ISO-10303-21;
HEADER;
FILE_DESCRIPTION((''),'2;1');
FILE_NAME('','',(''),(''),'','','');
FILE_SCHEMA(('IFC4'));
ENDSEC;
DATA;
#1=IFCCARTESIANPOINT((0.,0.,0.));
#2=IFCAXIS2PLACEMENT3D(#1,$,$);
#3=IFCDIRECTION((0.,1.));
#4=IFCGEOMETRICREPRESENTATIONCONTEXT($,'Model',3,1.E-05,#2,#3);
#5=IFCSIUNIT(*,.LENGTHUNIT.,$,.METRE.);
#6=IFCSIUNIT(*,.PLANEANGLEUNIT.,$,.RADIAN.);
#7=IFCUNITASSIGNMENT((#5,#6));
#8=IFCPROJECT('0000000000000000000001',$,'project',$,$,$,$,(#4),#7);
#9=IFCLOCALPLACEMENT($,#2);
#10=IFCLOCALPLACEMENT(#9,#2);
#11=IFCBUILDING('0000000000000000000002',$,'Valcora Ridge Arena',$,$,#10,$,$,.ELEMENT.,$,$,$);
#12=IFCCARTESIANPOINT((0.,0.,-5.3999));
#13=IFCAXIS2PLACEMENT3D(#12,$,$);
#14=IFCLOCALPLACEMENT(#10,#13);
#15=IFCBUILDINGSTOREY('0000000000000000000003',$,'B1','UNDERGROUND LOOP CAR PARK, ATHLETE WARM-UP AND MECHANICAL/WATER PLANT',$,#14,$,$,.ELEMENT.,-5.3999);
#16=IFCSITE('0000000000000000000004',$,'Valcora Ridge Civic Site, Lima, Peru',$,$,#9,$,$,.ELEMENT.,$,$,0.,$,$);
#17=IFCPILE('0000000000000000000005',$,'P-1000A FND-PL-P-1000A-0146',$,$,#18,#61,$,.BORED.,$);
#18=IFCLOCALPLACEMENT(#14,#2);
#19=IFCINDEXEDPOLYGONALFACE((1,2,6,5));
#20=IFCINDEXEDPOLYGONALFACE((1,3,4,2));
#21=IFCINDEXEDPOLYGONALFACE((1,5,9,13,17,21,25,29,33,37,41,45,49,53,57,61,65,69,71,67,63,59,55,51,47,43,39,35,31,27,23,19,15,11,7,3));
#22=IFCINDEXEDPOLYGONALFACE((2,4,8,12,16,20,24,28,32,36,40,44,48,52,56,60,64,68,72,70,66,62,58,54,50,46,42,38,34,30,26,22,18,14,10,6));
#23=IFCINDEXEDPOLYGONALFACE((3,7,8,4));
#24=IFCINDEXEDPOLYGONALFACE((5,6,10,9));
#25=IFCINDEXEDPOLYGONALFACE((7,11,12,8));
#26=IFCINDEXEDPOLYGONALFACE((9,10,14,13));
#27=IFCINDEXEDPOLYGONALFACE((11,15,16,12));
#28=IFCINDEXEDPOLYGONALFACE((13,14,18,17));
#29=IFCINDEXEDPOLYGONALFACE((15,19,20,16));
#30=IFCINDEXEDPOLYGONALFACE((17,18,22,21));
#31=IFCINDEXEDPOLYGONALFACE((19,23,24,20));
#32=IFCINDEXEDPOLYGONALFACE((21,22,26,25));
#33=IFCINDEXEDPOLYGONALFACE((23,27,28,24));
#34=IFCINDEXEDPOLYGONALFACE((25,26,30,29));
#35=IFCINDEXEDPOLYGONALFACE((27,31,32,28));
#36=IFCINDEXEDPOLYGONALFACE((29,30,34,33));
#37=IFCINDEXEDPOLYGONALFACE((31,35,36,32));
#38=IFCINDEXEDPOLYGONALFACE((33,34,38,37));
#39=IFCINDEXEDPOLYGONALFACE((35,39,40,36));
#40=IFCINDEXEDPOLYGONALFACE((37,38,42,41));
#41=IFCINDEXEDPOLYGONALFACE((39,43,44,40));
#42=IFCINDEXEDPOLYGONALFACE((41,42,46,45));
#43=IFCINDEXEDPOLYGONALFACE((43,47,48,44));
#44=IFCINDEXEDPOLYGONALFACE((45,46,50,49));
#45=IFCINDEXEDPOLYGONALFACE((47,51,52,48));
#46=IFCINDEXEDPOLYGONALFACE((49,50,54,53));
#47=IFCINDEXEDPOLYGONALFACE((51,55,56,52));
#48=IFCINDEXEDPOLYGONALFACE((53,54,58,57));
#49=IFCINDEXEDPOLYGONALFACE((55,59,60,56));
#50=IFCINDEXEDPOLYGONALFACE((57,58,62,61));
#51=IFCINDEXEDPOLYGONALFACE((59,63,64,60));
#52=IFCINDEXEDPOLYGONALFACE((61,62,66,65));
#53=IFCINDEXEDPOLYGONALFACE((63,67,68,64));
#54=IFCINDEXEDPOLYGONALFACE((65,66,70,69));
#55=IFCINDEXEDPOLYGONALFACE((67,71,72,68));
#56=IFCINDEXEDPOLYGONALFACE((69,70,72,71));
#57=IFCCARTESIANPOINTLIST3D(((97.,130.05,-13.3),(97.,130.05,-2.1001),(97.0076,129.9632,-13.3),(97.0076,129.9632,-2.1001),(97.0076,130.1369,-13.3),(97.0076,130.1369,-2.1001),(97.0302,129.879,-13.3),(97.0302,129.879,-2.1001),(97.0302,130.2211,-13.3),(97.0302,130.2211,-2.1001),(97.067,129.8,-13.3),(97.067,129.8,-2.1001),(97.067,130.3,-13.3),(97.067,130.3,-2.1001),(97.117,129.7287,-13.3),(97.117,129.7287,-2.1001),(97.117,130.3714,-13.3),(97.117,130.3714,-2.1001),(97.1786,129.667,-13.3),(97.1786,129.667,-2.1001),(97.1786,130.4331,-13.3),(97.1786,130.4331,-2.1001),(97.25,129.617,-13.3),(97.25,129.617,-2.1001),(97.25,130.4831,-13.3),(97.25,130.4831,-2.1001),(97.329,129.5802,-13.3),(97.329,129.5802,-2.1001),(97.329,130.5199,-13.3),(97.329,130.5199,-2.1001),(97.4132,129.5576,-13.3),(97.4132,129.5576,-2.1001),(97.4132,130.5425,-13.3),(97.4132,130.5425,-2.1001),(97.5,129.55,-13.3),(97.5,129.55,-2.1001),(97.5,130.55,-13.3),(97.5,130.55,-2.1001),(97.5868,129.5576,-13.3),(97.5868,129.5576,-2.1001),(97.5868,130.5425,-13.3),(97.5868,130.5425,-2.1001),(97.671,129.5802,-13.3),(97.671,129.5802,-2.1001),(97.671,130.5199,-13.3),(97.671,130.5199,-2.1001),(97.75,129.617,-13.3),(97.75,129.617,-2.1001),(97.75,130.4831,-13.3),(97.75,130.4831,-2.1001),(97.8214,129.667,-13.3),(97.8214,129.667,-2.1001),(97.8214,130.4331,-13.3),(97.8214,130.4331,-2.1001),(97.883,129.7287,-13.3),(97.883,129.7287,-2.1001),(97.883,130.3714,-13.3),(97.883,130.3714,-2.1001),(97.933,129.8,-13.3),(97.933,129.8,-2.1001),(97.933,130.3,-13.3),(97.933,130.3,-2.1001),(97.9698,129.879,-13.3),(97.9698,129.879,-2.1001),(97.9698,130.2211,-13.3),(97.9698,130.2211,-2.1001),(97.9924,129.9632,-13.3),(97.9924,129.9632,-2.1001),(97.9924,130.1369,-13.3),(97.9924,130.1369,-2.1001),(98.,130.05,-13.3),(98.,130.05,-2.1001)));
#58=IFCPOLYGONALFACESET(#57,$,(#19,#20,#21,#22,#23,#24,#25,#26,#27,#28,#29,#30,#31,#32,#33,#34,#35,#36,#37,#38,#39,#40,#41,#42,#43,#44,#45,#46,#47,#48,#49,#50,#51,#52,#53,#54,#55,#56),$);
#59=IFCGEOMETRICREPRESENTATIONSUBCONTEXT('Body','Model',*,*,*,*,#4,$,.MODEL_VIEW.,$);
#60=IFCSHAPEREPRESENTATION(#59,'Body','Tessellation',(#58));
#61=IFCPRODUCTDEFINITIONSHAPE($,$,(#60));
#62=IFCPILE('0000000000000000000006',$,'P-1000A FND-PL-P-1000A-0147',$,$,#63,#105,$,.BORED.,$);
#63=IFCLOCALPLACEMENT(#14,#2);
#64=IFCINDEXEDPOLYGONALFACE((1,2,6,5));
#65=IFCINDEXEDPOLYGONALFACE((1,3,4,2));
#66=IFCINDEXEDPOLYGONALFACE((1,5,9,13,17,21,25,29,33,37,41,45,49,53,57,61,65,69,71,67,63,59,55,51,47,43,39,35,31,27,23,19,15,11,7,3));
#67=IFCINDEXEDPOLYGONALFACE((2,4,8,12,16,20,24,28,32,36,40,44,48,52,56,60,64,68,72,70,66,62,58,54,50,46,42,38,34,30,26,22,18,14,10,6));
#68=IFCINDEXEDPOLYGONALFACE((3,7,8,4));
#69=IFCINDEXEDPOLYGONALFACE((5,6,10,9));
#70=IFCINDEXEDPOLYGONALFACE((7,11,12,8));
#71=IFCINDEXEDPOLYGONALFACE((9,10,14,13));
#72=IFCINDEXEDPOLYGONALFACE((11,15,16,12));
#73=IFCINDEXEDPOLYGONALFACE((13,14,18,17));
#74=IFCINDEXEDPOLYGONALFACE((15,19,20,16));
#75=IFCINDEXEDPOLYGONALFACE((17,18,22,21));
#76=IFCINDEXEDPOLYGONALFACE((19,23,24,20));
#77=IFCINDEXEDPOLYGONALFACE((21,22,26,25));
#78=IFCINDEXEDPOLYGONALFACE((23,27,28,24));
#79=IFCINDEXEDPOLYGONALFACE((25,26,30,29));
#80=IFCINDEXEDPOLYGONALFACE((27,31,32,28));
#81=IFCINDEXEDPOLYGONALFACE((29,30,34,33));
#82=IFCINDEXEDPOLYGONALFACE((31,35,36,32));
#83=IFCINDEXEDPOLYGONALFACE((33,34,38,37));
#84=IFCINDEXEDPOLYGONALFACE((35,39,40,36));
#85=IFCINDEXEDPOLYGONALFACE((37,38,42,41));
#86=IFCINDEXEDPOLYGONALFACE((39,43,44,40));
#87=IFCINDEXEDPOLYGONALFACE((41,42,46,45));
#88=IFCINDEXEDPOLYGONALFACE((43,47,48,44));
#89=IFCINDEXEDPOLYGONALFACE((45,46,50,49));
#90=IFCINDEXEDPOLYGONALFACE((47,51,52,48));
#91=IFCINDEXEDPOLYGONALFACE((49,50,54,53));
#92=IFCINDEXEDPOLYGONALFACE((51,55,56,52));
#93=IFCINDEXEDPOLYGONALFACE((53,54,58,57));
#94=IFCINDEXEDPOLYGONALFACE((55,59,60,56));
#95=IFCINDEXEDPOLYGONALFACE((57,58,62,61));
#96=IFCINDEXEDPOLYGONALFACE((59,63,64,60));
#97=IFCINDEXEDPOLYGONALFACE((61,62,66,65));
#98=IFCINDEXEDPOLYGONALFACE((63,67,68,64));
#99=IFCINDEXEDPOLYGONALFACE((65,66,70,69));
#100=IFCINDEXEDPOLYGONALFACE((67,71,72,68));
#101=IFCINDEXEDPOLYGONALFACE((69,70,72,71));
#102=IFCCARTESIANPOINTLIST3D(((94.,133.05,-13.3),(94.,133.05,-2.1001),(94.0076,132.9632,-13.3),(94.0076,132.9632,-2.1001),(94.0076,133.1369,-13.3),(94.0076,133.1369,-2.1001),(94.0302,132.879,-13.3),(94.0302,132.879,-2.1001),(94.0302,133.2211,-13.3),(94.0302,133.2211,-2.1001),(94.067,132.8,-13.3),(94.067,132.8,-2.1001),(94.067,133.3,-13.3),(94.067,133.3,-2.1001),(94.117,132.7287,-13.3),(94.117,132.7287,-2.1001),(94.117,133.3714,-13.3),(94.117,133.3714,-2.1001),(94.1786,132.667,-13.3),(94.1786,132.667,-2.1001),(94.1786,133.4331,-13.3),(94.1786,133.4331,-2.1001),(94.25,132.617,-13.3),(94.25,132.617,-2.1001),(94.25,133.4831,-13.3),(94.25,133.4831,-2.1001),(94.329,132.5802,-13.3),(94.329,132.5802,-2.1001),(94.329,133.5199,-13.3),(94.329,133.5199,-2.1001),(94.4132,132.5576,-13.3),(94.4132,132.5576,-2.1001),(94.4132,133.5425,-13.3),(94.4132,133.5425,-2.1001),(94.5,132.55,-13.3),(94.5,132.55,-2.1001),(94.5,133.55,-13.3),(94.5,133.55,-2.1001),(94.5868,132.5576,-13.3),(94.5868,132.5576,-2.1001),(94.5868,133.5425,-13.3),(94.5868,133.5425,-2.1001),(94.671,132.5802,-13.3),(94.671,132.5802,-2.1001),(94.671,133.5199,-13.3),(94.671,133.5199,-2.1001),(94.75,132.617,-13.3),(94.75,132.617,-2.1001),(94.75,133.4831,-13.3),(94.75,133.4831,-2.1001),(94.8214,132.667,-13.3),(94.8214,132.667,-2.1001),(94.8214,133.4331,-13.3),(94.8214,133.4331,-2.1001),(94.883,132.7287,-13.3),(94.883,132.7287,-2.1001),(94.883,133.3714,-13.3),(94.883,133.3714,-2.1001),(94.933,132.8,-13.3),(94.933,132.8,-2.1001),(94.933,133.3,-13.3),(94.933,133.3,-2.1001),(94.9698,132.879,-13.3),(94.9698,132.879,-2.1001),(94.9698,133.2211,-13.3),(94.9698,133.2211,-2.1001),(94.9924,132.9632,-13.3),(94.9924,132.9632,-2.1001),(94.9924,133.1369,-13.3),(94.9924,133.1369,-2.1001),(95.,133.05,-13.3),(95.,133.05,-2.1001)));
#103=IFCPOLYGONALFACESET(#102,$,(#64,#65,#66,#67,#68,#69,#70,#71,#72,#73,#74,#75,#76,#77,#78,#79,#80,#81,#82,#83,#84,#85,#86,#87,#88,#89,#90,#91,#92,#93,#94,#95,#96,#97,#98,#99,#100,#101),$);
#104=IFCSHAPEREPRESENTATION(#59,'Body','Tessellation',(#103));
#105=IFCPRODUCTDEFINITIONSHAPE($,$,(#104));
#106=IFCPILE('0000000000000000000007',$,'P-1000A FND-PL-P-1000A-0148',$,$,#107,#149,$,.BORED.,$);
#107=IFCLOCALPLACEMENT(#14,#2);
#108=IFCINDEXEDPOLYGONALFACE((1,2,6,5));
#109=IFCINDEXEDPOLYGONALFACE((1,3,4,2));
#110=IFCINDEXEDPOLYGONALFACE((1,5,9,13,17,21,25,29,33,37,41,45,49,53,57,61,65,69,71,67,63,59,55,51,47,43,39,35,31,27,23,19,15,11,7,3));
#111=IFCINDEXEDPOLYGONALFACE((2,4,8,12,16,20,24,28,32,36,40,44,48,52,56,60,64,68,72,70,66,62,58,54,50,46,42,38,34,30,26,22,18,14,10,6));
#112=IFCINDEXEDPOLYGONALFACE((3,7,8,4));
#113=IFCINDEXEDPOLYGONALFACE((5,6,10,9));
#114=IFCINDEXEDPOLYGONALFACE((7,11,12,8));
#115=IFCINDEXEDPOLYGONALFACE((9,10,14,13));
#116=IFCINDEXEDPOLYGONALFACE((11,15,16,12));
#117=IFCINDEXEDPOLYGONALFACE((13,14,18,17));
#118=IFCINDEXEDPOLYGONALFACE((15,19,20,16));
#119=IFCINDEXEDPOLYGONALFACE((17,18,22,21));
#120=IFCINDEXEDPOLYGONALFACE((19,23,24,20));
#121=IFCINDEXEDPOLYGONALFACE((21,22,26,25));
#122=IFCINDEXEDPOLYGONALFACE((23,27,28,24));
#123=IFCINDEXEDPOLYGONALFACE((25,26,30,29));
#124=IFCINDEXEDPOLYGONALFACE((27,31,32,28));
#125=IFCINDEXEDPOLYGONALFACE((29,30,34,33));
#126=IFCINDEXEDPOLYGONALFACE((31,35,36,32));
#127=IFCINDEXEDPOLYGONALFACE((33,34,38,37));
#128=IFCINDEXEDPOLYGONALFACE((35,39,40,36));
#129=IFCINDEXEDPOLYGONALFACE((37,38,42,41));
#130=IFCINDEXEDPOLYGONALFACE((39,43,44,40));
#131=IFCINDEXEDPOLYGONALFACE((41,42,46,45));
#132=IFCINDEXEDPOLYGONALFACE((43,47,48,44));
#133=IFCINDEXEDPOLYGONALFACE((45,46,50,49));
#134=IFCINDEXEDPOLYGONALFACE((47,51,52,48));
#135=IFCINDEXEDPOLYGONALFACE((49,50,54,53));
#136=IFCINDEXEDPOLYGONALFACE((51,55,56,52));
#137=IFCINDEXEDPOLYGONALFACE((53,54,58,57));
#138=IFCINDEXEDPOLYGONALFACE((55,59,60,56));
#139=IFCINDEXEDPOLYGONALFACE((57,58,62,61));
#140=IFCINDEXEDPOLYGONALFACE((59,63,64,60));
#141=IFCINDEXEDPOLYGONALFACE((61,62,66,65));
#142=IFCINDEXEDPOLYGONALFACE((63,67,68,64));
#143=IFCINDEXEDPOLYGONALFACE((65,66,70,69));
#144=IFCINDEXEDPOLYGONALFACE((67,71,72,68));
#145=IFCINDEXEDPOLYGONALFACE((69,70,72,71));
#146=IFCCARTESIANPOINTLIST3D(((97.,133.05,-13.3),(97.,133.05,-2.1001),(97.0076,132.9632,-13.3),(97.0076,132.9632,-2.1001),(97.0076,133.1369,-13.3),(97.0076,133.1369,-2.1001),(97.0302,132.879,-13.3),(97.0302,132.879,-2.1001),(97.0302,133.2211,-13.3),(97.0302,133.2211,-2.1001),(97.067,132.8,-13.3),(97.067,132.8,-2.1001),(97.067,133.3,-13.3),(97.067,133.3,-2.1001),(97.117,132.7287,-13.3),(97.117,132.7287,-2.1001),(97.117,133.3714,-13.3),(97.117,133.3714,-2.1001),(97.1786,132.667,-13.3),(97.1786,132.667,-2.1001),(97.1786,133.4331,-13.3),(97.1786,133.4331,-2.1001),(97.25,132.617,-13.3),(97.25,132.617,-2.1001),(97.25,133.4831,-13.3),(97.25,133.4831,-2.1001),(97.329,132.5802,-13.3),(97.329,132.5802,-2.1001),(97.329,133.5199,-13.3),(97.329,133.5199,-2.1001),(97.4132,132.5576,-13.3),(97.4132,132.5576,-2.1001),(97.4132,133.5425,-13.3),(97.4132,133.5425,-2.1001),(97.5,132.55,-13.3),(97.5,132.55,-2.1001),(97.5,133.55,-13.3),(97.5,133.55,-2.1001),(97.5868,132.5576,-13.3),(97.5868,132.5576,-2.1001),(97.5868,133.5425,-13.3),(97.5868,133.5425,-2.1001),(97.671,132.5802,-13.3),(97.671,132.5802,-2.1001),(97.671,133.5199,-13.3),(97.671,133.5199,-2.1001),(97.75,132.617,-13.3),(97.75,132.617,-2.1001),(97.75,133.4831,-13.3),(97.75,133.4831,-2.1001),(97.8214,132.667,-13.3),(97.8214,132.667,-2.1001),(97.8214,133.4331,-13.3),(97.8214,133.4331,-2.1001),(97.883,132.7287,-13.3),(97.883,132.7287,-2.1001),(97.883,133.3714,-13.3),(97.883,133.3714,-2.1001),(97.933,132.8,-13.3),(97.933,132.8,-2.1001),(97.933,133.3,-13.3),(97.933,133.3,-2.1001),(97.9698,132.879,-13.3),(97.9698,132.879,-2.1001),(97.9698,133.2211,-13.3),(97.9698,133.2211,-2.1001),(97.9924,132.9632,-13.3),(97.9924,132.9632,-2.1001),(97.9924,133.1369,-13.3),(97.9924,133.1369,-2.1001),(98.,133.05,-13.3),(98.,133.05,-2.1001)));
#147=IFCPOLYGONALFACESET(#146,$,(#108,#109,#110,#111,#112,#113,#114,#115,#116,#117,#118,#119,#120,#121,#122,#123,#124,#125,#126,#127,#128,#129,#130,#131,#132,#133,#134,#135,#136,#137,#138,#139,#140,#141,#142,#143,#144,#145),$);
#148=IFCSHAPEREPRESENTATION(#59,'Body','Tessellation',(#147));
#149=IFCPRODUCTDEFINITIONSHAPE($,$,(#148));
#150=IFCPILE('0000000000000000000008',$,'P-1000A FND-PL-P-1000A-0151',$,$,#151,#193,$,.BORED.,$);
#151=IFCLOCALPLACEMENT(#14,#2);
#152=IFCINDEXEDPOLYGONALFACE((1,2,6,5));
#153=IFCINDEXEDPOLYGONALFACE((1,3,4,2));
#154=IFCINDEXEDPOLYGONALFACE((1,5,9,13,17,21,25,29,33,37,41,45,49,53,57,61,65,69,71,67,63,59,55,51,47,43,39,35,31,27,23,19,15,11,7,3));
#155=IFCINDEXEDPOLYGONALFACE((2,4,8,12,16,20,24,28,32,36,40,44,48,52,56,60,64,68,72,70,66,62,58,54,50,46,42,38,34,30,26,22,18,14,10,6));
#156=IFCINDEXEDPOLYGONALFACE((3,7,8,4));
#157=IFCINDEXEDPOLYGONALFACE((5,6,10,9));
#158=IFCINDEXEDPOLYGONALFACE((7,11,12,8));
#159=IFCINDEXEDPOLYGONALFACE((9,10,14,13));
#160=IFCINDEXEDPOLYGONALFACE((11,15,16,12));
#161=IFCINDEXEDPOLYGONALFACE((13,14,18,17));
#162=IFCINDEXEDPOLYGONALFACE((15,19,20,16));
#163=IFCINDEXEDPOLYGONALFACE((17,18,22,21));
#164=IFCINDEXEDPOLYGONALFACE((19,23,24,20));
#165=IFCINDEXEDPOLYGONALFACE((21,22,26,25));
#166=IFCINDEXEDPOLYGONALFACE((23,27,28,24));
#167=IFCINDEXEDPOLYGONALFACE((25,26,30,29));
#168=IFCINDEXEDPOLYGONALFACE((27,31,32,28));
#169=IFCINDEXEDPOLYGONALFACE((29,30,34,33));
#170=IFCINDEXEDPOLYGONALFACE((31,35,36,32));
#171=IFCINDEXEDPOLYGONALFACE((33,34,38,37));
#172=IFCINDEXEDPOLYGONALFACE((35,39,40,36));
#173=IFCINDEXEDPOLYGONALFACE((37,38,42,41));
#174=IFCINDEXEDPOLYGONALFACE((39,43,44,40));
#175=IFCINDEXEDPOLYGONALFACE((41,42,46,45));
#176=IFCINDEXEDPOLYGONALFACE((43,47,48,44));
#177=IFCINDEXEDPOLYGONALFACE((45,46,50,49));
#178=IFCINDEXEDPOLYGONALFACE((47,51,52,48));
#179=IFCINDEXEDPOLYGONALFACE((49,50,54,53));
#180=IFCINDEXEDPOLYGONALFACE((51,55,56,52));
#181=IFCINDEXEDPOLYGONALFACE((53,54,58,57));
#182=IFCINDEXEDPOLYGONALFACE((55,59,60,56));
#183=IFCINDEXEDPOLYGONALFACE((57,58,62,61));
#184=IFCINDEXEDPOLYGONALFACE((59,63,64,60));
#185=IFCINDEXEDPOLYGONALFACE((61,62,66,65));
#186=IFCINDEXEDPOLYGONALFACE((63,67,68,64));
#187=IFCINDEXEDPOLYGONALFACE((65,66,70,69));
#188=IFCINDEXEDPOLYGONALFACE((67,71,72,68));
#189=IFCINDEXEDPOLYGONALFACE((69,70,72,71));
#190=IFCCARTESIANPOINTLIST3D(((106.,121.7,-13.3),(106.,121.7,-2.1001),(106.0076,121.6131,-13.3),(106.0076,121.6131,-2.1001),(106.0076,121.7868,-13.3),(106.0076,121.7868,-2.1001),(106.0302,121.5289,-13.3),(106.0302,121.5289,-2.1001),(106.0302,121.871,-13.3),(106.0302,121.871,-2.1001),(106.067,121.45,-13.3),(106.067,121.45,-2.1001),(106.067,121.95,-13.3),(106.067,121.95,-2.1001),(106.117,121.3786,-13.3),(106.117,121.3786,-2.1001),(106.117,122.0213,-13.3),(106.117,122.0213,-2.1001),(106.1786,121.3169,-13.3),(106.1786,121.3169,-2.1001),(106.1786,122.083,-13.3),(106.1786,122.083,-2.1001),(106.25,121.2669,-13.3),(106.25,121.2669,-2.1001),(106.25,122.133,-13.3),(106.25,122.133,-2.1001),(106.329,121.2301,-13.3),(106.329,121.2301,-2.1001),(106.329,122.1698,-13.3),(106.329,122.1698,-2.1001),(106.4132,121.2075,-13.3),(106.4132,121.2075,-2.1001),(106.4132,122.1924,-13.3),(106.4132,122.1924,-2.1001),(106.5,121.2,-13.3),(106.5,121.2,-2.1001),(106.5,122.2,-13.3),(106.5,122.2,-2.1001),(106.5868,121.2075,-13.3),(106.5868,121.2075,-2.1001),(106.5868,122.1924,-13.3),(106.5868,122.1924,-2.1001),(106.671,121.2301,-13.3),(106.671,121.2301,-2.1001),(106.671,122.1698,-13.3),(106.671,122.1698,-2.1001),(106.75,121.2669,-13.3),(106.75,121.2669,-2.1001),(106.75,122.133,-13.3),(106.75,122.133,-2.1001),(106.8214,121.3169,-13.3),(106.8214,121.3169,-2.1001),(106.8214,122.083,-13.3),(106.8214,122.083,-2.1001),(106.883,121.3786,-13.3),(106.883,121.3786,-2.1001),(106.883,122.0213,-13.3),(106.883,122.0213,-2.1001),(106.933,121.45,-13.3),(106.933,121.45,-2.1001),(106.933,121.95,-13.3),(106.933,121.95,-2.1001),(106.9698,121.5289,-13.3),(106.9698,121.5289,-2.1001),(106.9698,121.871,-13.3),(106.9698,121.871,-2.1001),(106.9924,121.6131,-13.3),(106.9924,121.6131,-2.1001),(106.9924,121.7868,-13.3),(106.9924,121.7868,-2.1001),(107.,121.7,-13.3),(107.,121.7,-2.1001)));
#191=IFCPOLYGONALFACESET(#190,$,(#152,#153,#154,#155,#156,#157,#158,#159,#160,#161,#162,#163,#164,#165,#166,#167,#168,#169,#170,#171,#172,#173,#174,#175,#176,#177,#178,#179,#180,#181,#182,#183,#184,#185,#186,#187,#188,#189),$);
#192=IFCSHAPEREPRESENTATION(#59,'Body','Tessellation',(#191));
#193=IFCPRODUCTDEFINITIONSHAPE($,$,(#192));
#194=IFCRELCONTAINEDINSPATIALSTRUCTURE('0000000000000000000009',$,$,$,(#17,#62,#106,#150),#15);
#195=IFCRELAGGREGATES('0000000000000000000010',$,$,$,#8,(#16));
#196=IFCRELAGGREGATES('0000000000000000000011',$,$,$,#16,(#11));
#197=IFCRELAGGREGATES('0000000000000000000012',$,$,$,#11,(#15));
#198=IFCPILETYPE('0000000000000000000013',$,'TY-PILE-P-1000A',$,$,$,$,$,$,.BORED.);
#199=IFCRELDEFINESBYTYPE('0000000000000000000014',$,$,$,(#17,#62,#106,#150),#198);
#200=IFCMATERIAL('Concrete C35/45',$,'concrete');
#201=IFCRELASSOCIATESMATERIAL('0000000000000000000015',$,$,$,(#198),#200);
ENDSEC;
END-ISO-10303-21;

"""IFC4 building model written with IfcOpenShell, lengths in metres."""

from ifc_helpers import new_model, si_unit, direction, frame, origin, origin_2d, place, context, subcontext, project, spatial, circle, extrude, material, material_profile, profile_set, type_object, element, save


model = new_model("IFC4")

# Units and contexts
model_context = context("Model", 3, precision=1e-05, world=origin(), true_north=direction((0.0, 1.0)))
body_context = subcontext(model_context, "Body", "Model", "MODEL_VIEW")
ifc_project = project(units=[si_unit("LENGTHUNIT", "METRE"), si_unit("PLANEANGLEUNIT", "RADIAN")], contexts=[model_context])

# Site, building, storey
site_placement = place(None, origin())
site = spatial("IfcSite", under=ifc_project, at=site_placement, Name="Valcora Ridge Civic Site, Lima, Peru", CompositionType="ELEMENT", RefElevation=0.0)
building_placement = place(site_placement, origin())
building = spatial("IfcBuilding", under=site, at=building_placement, Name="Valcora Ridge Arena", CompositionType="ELEMENT")
storey_placement = place(building_placement, frame((0.0, 0.0, -5.3999)))
storey = spatial("IfcBuildingStorey", under=building, at=storey_placement, Name="B1", Description="UNDERGROUND LOOP CAR PARK, ATHLETE WARM-UP AND MECHANICAL/WATER PLANT", CompositionType="ELEMENT", Elevation=-5.3999)

# Piles
ifc_material_1 = material(Name="Concrete C35/45", Category="concrete")
ifc_material_profile_1 = material_profile(ifc_material_1, circle(Radius=0.5, at=origin_2d()), Name="BORED PILE D1000")
ifc_profile_set_1 = profile_set([ifc_material_profile_1], Name="Concrete C35/45")
pile_type_1 = type_object("IfcPileType", Name="TY-PILE-P-1000A", PredefinedType="BORED", material=ifc_profile_set_1)
for number, where, z_axis, x_axis, name in (
    (1, (97.5, 130.05, -2.1001), (0.0, 0.0, -1.0), (1.0, 0.0, 0.0), "P-1000A FND-PL-P-1000A-0146"),
    (2, (94.5, 133.05, -2.1001), (0.0, 0.0, -1.0), (1.0, 0.0, 0.0), "P-1000A FND-PL-P-1000A-0147"),
    (3, (97.5, 133.05, -2.1001), (0.0, 0.0, -1.0), (1.0, 0.0, 0.0), "P-1000A FND-PL-P-1000A-0148"),
    (4, (106.5, 121.7, -2.1001), (0.0, 0.0, -1.0), (1.0, 0.0, 0.0), "P-1000A FND-PL-P-1000A-0151"),
):
    element("IfcPile", number, at=place(storey_placement, frame(where, z_axis=z_axis, x_axis=x_axis)), inside=storey, type_object=pile_type_1, Name=name, PredefinedType="BORED", context=body_context, shape_type="SweptSolid", body=[
        extrude(circle(Radius=0.5, at=origin_2d()), origin(), (0.0, 0.0, 1.0), 11.2),
    ])

save(model, "model.ifc")
